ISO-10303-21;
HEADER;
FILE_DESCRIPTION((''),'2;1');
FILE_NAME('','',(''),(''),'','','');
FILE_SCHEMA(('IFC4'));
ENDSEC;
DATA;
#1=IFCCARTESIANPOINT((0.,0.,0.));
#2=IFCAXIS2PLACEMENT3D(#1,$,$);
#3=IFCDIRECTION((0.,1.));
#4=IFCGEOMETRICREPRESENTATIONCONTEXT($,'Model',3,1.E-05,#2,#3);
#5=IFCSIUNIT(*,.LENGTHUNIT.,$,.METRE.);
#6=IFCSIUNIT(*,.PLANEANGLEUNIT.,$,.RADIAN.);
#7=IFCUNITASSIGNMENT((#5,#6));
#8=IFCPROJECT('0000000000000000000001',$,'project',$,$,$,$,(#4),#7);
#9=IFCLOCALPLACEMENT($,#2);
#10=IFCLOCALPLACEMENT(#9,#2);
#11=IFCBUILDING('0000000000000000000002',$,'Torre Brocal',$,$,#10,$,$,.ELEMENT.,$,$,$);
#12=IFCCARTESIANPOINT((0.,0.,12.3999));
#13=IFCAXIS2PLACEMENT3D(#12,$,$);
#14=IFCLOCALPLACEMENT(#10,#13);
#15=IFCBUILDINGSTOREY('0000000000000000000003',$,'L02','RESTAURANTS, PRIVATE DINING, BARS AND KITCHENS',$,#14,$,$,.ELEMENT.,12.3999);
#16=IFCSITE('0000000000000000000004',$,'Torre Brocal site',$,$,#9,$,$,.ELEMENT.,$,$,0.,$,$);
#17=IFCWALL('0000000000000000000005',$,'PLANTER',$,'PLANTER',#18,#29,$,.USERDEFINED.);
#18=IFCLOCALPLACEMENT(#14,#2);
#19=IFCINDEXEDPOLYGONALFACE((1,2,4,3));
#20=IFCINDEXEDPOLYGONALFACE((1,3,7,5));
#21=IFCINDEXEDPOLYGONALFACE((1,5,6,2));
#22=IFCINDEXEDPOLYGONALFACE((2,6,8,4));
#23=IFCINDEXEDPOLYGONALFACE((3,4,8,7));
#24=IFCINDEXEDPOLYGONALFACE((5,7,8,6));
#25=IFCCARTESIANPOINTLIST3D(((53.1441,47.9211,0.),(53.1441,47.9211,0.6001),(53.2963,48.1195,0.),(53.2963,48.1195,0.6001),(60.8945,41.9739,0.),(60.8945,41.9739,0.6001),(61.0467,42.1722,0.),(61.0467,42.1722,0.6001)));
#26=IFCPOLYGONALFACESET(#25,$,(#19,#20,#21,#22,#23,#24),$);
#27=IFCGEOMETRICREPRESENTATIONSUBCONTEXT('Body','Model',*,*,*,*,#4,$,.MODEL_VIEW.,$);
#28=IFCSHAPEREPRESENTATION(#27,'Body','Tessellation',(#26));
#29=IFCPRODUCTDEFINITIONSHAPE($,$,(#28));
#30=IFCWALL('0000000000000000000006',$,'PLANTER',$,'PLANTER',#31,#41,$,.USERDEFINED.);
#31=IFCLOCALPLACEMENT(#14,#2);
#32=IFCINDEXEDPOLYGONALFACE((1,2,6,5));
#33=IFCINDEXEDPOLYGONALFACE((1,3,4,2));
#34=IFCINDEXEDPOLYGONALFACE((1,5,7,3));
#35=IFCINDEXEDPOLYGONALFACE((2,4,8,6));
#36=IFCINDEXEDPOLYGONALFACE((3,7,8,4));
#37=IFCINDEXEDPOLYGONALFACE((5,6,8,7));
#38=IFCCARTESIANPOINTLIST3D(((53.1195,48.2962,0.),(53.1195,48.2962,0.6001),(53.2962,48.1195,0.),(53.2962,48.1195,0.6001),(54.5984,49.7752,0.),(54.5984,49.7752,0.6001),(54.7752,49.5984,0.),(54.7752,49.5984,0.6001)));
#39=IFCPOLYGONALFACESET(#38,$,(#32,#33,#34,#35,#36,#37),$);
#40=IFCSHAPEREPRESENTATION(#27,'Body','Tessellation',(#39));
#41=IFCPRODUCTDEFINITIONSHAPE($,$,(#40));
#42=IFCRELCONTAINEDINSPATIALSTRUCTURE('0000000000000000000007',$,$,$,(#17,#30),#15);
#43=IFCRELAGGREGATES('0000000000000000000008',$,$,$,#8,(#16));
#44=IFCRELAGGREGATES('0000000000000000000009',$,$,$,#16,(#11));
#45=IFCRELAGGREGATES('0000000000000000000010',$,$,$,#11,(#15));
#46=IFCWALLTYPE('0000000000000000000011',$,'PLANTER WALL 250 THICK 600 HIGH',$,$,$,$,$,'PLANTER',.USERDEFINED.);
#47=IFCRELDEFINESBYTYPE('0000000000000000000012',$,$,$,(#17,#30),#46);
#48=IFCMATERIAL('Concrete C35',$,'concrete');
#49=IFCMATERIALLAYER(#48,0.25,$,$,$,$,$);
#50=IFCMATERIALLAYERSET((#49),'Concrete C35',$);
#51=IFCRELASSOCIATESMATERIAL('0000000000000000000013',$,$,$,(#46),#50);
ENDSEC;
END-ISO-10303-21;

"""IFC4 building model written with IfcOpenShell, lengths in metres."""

from ifc_helpers import new_model, si_unit, direction, frame, frame_2d, origin, place, context, subcontext, project, spatial, rectangle, extrude, material, layer, layer_set, type_object, element, save


model = new_model("IFC4")

# Units and contexts
model_context = context("Model", 3, precision=1e-05, world=origin(), true_north=direction((0.0, 1.0)))
body_context = subcontext(model_context, "Body", "Model", "MODEL_VIEW")
ifc_project = project(units=[si_unit("LENGTHUNIT", "METRE"), si_unit("PLANEANGLEUNIT", "RADIAN")], contexts=[model_context])

# Site, building, storey
site_placement = place(None, origin())
site = spatial("IfcSite", under=ifc_project, at=site_placement, Name="Torre Brocal site", CompositionType="ELEMENT", RefElevation=0.0)
building_placement = place(site_placement, origin())
building = spatial("IfcBuilding", under=site, at=building_placement, Name="Torre Brocal", CompositionType="ELEMENT")
storey_placement = place(building_placement, frame((0.0, 0.0, 12.3999)))
storey = spatial("IfcBuildingStorey", under=building, at=storey_placement, Name="L02", Description="RESTAURANTS, PRIVATE DINING, BARS AND KITCHENS", CompositionType="ELEMENT", Elevation=12.3999)

# Walls
ifc_material_1 = material(Name="Concrete C35", Category="concrete")
ifc_layer_1 = layer(ifc_material_1, 0.25)
ifc_layer_set_1 = layer_set([ifc_layer_1], Name="Concrete C35")
wall_type_1 = type_object("IfcWallType", Name="PLANTER WALL 250 THICK 600 HIGH", ElementType="PLANTER", PredefinedType="USERDEFINED", material=ifc_layer_set_1)
wall_1_placement = place(storey_placement, frame((60.9707, 42.073, 0.0), z_axis=(0.0, 0.0, 1.0), x_axis=(-0.793348, 0.608768, 0.0)))
element("IfcWall", 1, at=wall_1_placement, inside=storey, type_object=wall_type_1, Name="PLANTER", ObjectType="PLANTER", PredefinedType="USERDEFINED", context=body_context, shape_type="SweptSolid", body=[
    extrude(rectangle(XDim=9.7693, YDim=0.25, at=frame_2d((4.8848, 0.0))), origin(), (0.0, 0.0, 1.0), 0.6001),
])
wall_2_placement = place(storey_placement, frame((53.2078, 48.2078, 0.0), z_axis=(0.0, 0.0, 1.0), x_axis=(0.707107, 0.707107, 0.0)))
element("IfcWall", 2, at=wall_2_placement, inside=storey, type_object=wall_type_1, Name="PLANTER", ObjectType="PLANTER", PredefinedType="USERDEFINED", context=body_context, shape_type="SweptSolid", body=[
    extrude(rectangle(XDim=2.0916, YDim=0.25, at=frame_2d((1.0459, 0.0))), origin(), (0.0, 0.0, 1.0), 0.6001),
])

save(model, "model.ifc")
